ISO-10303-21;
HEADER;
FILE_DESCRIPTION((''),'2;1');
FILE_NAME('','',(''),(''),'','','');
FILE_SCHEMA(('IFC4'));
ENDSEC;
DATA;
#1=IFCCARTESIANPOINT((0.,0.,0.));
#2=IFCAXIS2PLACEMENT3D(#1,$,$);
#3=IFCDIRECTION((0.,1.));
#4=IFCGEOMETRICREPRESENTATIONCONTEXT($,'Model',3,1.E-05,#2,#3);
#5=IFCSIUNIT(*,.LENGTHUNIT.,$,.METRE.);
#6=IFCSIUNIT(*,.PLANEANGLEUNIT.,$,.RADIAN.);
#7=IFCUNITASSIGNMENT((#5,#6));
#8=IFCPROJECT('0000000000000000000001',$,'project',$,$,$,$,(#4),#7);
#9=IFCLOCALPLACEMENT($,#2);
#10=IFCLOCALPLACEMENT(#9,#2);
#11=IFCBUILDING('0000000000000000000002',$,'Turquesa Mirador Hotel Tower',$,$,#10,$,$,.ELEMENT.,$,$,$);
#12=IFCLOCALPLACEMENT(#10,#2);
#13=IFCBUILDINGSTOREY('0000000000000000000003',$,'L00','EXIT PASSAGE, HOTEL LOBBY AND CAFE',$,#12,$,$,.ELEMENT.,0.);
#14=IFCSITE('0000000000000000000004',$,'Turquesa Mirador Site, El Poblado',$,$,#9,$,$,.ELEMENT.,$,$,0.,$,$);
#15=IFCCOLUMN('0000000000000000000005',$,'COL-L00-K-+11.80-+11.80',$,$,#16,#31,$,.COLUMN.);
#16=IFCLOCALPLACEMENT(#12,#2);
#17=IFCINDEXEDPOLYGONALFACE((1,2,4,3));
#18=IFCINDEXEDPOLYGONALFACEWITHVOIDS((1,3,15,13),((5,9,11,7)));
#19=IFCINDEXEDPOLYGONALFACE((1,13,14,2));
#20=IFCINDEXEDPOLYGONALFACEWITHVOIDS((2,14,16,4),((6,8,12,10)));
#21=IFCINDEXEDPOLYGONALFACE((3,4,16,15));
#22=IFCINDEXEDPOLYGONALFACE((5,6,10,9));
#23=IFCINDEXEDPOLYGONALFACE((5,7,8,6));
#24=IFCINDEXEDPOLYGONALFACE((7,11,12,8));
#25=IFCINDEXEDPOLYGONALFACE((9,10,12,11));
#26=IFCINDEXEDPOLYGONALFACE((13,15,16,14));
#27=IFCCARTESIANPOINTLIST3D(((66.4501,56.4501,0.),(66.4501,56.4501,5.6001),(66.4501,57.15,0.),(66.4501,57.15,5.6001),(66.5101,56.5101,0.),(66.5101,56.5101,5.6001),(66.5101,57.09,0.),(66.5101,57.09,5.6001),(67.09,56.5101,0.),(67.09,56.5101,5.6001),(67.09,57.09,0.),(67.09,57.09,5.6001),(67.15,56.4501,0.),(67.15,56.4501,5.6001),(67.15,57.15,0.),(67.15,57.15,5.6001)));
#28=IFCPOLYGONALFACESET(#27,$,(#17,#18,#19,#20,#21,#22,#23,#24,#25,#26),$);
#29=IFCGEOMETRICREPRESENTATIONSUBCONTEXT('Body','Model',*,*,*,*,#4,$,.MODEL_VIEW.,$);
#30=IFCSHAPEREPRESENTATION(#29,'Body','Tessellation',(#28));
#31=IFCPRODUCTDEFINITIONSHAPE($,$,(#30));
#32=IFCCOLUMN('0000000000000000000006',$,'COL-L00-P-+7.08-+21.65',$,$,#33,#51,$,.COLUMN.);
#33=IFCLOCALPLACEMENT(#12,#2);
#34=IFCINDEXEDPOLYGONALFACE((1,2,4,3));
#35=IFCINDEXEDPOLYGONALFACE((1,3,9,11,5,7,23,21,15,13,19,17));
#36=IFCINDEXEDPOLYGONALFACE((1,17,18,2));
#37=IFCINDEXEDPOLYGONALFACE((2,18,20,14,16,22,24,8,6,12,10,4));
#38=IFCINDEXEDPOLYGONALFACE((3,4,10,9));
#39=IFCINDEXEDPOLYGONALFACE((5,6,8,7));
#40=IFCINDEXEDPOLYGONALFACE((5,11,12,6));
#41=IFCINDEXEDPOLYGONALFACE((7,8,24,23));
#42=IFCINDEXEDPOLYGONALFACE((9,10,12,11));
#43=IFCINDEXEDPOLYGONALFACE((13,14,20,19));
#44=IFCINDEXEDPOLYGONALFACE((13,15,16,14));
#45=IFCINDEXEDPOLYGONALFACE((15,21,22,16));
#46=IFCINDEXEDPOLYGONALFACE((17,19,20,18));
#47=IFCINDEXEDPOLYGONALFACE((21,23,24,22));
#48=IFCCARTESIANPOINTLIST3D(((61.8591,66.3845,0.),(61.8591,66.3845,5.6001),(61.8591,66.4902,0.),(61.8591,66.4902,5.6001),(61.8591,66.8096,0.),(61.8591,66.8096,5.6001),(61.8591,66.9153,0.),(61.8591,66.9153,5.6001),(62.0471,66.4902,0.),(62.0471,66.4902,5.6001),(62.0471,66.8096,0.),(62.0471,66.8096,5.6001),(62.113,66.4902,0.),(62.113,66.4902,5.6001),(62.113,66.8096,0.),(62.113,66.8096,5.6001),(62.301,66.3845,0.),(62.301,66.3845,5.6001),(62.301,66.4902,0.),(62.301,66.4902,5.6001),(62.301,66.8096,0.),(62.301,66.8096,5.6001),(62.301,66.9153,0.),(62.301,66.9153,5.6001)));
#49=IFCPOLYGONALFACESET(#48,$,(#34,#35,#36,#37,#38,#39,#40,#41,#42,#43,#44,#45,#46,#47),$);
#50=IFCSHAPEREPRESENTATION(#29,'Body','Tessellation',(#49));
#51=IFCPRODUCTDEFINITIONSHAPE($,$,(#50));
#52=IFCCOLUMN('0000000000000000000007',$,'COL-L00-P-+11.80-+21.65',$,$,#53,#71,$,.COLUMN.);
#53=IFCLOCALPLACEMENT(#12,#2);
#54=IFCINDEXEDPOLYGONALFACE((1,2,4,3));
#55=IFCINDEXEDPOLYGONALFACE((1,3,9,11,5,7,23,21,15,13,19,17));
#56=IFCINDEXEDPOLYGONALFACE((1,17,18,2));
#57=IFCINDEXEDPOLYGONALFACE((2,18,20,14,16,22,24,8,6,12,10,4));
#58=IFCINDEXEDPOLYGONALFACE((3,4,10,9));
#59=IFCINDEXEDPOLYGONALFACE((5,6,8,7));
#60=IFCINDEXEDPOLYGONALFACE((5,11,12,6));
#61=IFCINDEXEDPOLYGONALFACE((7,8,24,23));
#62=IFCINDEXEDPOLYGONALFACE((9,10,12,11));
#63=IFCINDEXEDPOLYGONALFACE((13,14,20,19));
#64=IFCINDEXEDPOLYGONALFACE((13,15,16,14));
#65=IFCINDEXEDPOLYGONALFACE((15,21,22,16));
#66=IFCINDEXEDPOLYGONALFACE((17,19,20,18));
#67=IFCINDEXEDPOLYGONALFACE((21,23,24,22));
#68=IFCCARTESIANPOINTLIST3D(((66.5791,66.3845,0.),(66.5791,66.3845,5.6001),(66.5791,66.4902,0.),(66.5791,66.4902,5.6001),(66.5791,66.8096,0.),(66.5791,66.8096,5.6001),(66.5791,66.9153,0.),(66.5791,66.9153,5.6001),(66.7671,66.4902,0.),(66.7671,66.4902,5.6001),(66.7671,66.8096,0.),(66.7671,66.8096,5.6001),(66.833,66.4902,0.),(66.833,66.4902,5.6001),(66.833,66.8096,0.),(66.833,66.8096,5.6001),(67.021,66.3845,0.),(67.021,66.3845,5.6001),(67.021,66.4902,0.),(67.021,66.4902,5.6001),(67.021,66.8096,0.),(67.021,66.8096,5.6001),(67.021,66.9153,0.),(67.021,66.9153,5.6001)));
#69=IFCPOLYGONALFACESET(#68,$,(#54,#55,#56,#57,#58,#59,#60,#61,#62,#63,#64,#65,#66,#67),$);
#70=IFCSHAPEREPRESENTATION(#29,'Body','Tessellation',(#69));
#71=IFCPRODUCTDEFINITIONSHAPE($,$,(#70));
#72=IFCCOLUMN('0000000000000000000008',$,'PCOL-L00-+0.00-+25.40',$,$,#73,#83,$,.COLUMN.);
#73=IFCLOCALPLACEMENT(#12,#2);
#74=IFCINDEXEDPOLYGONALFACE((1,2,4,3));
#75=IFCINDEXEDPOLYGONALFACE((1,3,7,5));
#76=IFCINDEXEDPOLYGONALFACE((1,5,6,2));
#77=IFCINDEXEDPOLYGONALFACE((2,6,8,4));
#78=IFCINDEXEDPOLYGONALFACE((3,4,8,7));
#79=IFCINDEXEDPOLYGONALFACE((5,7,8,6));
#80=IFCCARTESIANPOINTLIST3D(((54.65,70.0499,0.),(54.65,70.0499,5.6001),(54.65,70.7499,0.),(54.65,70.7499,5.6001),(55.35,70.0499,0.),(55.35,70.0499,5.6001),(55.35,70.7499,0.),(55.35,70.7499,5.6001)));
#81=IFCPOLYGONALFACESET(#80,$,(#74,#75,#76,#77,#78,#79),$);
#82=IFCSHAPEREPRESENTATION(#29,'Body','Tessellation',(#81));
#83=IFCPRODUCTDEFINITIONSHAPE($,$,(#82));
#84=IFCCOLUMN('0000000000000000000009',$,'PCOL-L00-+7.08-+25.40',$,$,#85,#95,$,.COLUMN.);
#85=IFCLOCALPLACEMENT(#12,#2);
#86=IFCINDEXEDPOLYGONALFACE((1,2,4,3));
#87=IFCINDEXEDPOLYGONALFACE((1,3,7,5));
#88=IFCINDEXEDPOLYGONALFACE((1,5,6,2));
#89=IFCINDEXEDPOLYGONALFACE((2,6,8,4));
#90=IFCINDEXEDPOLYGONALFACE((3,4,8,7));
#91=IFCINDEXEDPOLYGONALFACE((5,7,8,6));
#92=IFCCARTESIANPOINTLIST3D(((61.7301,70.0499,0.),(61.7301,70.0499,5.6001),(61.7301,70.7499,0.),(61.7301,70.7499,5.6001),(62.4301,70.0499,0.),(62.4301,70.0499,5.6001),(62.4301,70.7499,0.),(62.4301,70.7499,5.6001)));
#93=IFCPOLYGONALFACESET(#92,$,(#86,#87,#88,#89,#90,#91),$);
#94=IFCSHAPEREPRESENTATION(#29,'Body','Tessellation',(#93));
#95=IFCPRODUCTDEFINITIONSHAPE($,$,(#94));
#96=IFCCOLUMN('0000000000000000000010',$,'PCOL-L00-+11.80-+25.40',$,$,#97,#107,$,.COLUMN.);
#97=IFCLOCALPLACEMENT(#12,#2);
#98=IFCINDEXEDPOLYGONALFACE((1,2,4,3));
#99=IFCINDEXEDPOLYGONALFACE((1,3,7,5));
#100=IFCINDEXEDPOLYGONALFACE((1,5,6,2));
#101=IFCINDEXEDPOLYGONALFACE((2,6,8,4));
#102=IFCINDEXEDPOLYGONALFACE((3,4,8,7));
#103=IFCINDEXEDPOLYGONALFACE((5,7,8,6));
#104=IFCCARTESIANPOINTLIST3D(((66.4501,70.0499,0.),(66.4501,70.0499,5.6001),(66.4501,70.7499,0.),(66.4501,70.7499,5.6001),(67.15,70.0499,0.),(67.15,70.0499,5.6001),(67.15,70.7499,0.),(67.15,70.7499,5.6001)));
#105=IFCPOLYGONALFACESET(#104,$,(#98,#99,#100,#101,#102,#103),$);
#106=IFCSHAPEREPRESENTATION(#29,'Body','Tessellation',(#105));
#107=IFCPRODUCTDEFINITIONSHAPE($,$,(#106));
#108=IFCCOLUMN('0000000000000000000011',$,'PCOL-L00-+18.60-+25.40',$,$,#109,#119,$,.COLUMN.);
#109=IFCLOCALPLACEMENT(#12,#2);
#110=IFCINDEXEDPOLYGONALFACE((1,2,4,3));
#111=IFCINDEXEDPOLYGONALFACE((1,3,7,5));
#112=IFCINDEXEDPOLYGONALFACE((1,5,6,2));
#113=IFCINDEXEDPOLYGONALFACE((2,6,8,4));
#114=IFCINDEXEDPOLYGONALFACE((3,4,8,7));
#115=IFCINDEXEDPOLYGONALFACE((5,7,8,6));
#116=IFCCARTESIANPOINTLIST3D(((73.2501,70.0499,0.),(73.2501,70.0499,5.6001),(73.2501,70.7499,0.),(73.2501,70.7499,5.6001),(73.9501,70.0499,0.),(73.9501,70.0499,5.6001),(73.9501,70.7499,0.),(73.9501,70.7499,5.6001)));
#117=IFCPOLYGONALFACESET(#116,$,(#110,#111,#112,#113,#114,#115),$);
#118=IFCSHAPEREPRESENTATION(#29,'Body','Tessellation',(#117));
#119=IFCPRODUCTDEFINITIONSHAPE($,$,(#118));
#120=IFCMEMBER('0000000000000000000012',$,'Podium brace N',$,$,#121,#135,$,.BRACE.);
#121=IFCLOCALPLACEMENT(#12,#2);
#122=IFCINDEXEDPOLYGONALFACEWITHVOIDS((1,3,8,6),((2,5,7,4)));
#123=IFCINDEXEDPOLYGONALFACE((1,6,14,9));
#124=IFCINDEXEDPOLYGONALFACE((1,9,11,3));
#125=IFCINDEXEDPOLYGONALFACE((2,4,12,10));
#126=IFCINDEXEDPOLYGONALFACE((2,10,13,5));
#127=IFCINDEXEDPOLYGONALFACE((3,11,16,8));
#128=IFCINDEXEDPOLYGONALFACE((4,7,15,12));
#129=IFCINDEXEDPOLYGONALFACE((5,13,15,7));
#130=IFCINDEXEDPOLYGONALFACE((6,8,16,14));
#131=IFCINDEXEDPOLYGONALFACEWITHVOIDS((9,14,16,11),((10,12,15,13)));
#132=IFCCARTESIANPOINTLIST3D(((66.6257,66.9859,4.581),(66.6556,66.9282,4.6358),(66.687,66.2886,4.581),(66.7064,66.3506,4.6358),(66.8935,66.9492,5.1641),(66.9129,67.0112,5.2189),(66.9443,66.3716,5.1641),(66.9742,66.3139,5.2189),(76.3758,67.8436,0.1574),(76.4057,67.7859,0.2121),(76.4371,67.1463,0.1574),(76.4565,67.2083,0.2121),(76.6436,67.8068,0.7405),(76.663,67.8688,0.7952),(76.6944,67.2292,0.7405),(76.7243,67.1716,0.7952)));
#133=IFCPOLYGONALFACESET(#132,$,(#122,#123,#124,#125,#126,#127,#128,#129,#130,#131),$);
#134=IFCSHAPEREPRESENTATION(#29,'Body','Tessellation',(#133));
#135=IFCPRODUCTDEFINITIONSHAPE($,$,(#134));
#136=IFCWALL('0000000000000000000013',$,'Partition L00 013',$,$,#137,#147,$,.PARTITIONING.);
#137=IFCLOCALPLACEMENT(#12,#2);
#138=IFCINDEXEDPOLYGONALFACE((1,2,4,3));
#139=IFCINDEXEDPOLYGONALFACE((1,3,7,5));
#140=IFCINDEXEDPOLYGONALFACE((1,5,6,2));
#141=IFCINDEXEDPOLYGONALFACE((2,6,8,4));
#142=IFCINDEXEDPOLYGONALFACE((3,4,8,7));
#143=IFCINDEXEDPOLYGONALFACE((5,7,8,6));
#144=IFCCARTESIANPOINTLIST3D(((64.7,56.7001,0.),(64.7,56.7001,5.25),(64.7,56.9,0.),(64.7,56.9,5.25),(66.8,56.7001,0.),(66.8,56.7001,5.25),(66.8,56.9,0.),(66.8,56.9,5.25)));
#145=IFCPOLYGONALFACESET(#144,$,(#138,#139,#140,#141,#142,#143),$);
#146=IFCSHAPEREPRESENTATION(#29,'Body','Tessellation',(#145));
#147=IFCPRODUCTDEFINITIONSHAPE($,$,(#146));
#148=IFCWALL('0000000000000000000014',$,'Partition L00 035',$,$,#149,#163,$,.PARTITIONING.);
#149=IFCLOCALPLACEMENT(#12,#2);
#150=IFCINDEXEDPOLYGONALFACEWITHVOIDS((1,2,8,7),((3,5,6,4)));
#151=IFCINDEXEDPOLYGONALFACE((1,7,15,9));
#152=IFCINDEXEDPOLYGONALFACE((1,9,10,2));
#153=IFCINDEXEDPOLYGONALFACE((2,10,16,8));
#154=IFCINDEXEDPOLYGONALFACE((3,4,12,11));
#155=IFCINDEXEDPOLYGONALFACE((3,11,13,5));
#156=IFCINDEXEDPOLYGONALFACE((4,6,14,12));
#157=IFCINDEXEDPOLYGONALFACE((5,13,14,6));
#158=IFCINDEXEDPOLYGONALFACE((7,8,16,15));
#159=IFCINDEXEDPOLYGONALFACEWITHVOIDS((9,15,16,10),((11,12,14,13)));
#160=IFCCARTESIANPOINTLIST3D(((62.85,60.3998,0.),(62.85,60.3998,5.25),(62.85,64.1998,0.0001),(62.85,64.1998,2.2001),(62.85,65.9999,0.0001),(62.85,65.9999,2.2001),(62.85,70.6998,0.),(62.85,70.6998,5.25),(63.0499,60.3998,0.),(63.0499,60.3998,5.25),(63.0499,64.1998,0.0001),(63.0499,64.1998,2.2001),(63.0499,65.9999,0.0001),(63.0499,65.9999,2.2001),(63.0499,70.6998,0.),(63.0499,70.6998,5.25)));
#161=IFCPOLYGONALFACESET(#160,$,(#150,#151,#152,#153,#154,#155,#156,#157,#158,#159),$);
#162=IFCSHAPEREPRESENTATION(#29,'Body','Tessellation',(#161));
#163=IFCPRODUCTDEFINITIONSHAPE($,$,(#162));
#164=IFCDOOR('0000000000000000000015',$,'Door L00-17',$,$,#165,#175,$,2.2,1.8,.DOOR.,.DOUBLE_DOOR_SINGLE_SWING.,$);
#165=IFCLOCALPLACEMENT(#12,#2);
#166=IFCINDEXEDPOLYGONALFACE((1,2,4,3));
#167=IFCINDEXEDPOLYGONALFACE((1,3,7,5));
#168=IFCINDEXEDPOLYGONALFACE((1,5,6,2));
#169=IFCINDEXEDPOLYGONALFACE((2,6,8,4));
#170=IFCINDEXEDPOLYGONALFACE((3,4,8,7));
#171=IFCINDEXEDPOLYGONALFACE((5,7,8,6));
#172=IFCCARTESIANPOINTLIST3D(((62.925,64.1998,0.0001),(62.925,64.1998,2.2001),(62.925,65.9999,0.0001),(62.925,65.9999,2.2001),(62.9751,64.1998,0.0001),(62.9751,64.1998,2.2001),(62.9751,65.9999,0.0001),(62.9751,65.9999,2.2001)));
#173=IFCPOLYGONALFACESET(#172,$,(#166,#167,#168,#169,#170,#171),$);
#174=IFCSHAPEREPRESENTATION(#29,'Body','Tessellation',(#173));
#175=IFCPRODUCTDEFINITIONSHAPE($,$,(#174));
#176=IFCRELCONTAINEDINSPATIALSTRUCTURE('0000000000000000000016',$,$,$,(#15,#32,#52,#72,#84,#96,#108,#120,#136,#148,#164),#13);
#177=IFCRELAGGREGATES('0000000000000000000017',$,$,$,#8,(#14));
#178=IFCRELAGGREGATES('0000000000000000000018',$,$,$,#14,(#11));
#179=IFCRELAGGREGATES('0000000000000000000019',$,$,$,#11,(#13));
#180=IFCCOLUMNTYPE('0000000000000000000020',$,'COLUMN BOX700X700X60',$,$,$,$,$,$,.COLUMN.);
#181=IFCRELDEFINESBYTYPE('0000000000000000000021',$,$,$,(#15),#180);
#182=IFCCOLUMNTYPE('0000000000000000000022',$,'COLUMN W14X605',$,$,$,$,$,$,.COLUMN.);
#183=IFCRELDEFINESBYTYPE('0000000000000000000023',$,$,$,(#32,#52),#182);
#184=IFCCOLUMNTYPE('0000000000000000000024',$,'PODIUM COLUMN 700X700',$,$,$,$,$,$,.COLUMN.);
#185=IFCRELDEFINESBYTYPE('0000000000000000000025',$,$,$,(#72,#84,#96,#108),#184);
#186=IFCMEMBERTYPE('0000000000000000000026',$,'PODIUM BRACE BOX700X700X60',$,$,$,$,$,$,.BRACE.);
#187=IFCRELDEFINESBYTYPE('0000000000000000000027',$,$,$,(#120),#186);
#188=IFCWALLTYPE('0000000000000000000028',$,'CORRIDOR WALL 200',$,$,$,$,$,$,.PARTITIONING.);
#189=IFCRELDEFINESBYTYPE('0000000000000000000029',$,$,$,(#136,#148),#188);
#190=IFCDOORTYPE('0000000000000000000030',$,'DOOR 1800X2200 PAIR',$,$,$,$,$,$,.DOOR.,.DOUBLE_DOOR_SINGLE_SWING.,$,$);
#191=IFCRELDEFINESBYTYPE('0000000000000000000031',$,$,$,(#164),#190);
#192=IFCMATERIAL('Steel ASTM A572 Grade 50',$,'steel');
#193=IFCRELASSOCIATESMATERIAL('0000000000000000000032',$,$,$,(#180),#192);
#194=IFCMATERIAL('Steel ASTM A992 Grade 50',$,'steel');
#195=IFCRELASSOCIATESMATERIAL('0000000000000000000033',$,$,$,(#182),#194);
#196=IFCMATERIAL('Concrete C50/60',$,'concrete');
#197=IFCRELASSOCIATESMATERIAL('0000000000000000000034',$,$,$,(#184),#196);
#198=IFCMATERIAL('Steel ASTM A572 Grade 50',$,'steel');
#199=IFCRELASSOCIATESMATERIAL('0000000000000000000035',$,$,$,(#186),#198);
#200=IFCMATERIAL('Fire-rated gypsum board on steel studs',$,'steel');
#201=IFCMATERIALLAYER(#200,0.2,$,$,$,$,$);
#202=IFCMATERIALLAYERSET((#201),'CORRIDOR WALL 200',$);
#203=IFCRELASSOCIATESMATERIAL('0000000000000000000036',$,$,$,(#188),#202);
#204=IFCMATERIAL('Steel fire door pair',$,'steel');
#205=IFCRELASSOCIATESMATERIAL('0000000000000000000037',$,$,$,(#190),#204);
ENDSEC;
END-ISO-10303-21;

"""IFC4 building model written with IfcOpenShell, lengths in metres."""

from ifc_helpers import new_model, si_unit, direction, frame, frame_2d, origin, origin_2d, place, context, subcontext, project, spatial, rectangle, hollow_rectangle, i_section, extrude, material, layer, layer_set, material_profile, profile_set, type_object, element, fill, save


model = new_model("IFC4")

# Units and contexts
model_context = context("Model", 3, precision=1e-05, world=origin(), true_north=direction((0.0, 1.0)))
body_context = subcontext(model_context, "Body", "Model", "MODEL_VIEW")
ifc_project = project(units=[si_unit("LENGTHUNIT", "METRE"), si_unit("PLANEANGLEUNIT", "RADIAN")], contexts=[model_context])

# Site, building, storey
site_placement = place(None, origin())
site = spatial("IfcSite", under=ifc_project, at=site_placement, Name="Turquesa Mirador Site, El Poblado", CompositionType="ELEMENT", RefElevation=0.0)
building_placement = place(site_placement, origin())
building = spatial("IfcBuilding", under=site, at=building_placement, Name="Turquesa Mirador Hotel Tower", CompositionType="ELEMENT")
storey_placement = place(building_placement, origin())
storey = spatial("IfcBuildingStorey", under=building, at=storey_placement, Name="L00", Description="EXIT PASSAGE, HOTEL LOBBY AND CAFE", CompositionType="ELEMENT", Elevation=0.0)

# Columns
ifc_material_1 = material(Name="Steel ASTM A572 Grade 50", Category="steel")
ifc_material_profile_1 = material_profile(ifc_material_1, hollow_rectangle(XDim=0.7, YDim=0.7, WallThickness=0.0601, at=origin_2d()), Name="BOX700X700X60")
ifc_profile_set_1 = profile_set([ifc_material_profile_1], Name="Steel ASTM A572 Grade 50")
column_type_1 = type_object("IfcColumnType", Name="COLUMN BOX700X700X60", PredefinedType="COLUMN", material=ifc_profile_set_1)
column_placement = place(storey_placement, frame((66.8, 56.8, 0.0), z_axis=(0.0, 0.0, 1.0), x_axis=(1.0, 0.0, 0.0)))
element("IfcColumn", 1, at=column_placement, inside=storey, type_object=column_type_1, Name="COL-L00-K-+11.80-+11.80", PredefinedType="COLUMN", context=body_context, shape_type="SweptSolid", body=[
    extrude(hollow_rectangle(XDim=0.7, YDim=0.7, WallThickness=0.0601, at=origin_2d()), origin(), (0.0, 0.0, 1.0), 5.6001),
])
ifc_material_2 = material(Name="Steel ASTM A992 Grade 50", Category="steel")
ifc_material_profile_2 = material_profile(ifc_material_2, i_section(OverallWidth=0.4419, OverallDepth=0.5308, WebThickness=0.0659, FlangeThickness=0.1057, at=origin_2d()), Name="W14X605")
ifc_profile_set_2 = profile_set([ifc_material_profile_2], Name="Steel ASTM A992 Grade 50")
column_type_2 = type_object("IfcColumnType", Name="COLUMN W14X605", PredefinedType="COLUMN", material=ifc_profile_set_2)
for number, where, z_axis, x_axis, name in (
    (2, (62.0801, 66.6499, 0.0), (0.0, 0.0, 1.0), (1.0, 0.0, 0.0), "COL-L00-P-+7.08-+21.65"),
    (3, (66.8, 66.6499, 0.0), (0.0, 0.0, 1.0), (1.0, 0.0, 0.0), "COL-L00-P-+11.80-+21.65"),
):
    element("IfcColumn", number, at=place(storey_placement, frame(where, z_axis=z_axis, x_axis=x_axis)), inside=storey, type_object=column_type_2, Name=name, PredefinedType="COLUMN", context=body_context, shape_type="SweptSolid", body=[
        extrude(i_section(OverallWidth=0.4419, OverallDepth=0.5308, WebThickness=0.0659, FlangeThickness=0.1057, at=origin_2d()), origin(), (0.0, 0.0, 1.0), 5.6001),
    ])
ifc_material_3 = material(Name="Concrete C50/60", Category="concrete")
ifc_material_profile_3 = material_profile(ifc_material_3, rectangle(XDim=0.7, YDim=0.7, at=origin_2d()), Name="RC 700X700")
ifc_profile_set_3 = profile_set([ifc_material_profile_3], Name="Concrete C50/60")
column_type_3 = type_object("IfcColumnType", Name="PODIUM COLUMN 700X700", PredefinedType="COLUMN", material=ifc_profile_set_3)
for number, where, z_axis, x_axis, name in (
    (4, (55.0, 70.3999, 0.0), (0.0, 0.0, 1.0), (1.0, 0.0, 0.0), "PCOL-L00-+0.00-+25.40"),
    (5, (62.0801, 70.3999, 0.0), (0.0, 0.0, 1.0), (1.0, 0.0, 0.0), "PCOL-L00-+7.08-+25.40"),
    (6, (66.8, 70.3999, 0.0), (0.0, 0.0, 1.0), (1.0, 0.0, 0.0), "PCOL-L00-+11.80-+25.40"),
    (7, (73.6001, 70.3999, 0.0), (0.0, 0.0, 1.0), (1.0, 0.0, 0.0), "PCOL-L00-+18.60-+25.40"),
):
    element("IfcColumn", number, at=place(storey_placement, frame(where, z_axis=z_axis, x_axis=x_axis)), inside=storey, type_object=column_type_3, Name=name, PredefinedType="COLUMN", context=body_context, shape_type="SweptSolid", body=[
        extrude(rectangle(XDim=0.7, YDim=0.7, at=origin_2d()), origin(), (0.0, 0.0, 1.0), 5.6001),
    ])

# Member
ifc_material_4 = material(Name="Steel ASTM A572 Grade 50", Category="steel")
ifc_material_profile_4 = material_profile(ifc_material_4, hollow_rectangle(XDim=0.7, YDim=0.7, WallThickness=0.0601, at=origin_2d()), Name="BOX700X700X60")
ifc_profile_set_4 = profile_set([ifc_material_profile_4], Name="Steel ASTM A572 Grade 50")
member_type = type_object("IfcMemberType", Name="PODIUM BRACE BOX700X700X60", PredefinedType="BRACE", material=ifc_profile_set_4)
member_placement = place(storey_placement, frame((76.55, 67.5076, 0.4763), z_axis=(-0.907748, -0.079851, 0.411846), x_axis=(0.087627, -0.996153, 0.0)))
element("IfcMember", 8, at=member_placement, inside=storey, type_object=member_type, Name="Podium brace N", PredefinedType="BRACE", context=body_context, shape_type="SweptSolid", body=[
    extrude(hollow_rectangle(XDim=0.7, YDim=0.7, WallThickness=0.0601, at=origin_2d()), origin(), (0.0, 0.0, 1.0), 10.741),
])

# Wall
ifc_material_5 = material(Name="Fire-rated gypsum board on steel studs", Category="steel")
ifc_layer_1 = layer(ifc_material_5, 0.2)
ifc_layer_set_1 = layer_set([ifc_layer_1], Name="CORRIDOR WALL 200")
wall_type_1 = type_object("IfcWallType", Name="CORRIDOR WALL 200", PredefinedType="PARTITIONING", material=ifc_layer_set_1)
wall_1_placement = place(storey_placement, frame((64.7, 56.8, 0.0), z_axis=(0.0, 0.0, 1.0), x_axis=(1.0, 0.0, 0.0)))
element("IfcWall", 9, at=wall_1_placement, inside=storey, type_object=wall_type_1, Name="Partition L00 013", PredefinedType="PARTITIONING", context=body_context, shape_type="SweptSolid", body=[
    extrude(rectangle(XDim=2.1001, YDim=0.2, at=frame_2d((1.05, 0.0))), origin(), (0.0, 0.0, 1.0), 5.25),
])

# Wall, opening, door
wall_2_placement = place(storey_placement, frame((62.95, 60.3999, 0.0), z_axis=(0.0, 0.0, 1.0), x_axis=(0.0, 1.0, 0.0)))
wall_2 = element("IfcWall", 10, at=wall_2_placement, inside=storey, type_object=wall_type_1, Name="Partition L00 035", PredefinedType="PARTITIONING", context=body_context, shape_type="SweptSolid", body=[
    extrude(rectangle(XDim=10.3, YDim=0.2, at=frame_2d((5.1499, 0.0))), origin(), (0.0, 0.0, 1.0), 5.25),
])
opening_1_placement = place(wall_2_placement, frame((3.8, 0.0, 0.0)))
opening_1 = element("IfcOpeningElement", 11, at=opening_1_placement, cuts=wall_2, PredefinedType="OPENING", context=body_context, shape_type="SweptSolid", body=[
    extrude(rectangle(XDim=1.8, YDim=2.2, at=frame_2d((0.8999, 1.1001))), frame((0.0, 0.1099, 0.0), z_axis=(0.0, -1.0, 0.0), x_axis=(1.0, 0.0, 0.0)), (0.0, 0.0, 1.0), 0.22),
])
ifc_material_6 = material(Name="Steel fire door pair", Category="steel")
door_type_1 = type_object("IfcDoorType", Name="DOOR 1800X2200 PAIR", OperationType="DOUBLE_DOOR_SINGLE_SWING", PredefinedType="DOOR", material=ifc_material_6)
door_1_placement = place(opening_1_placement, origin())
door_1 = element("IfcDoor", 12, at=door_1_placement, inside=storey, type_object=door_type_1, Name="Door L00-17", OperationType="DOUBLE_DOOR_SINGLE_SWING", OverallHeight=2.2, OverallWidth=1.8, PredefinedType="DOOR", context=body_context, shape_type="SweptSolid", body=[
    extrude(rectangle(XDim=1.8, YDim=2.2, at=frame_2d((0.8999, 1.1001))), frame((0.0, 0.0249, 0.0), z_axis=(0.0, -1.0, 0.0), x_axis=(1.0, 0.0, 0.0)), (0.0, 0.0, 1.0), 0.05),
])
fill(opening_1, door_1)

save(model, "model.ifc")
